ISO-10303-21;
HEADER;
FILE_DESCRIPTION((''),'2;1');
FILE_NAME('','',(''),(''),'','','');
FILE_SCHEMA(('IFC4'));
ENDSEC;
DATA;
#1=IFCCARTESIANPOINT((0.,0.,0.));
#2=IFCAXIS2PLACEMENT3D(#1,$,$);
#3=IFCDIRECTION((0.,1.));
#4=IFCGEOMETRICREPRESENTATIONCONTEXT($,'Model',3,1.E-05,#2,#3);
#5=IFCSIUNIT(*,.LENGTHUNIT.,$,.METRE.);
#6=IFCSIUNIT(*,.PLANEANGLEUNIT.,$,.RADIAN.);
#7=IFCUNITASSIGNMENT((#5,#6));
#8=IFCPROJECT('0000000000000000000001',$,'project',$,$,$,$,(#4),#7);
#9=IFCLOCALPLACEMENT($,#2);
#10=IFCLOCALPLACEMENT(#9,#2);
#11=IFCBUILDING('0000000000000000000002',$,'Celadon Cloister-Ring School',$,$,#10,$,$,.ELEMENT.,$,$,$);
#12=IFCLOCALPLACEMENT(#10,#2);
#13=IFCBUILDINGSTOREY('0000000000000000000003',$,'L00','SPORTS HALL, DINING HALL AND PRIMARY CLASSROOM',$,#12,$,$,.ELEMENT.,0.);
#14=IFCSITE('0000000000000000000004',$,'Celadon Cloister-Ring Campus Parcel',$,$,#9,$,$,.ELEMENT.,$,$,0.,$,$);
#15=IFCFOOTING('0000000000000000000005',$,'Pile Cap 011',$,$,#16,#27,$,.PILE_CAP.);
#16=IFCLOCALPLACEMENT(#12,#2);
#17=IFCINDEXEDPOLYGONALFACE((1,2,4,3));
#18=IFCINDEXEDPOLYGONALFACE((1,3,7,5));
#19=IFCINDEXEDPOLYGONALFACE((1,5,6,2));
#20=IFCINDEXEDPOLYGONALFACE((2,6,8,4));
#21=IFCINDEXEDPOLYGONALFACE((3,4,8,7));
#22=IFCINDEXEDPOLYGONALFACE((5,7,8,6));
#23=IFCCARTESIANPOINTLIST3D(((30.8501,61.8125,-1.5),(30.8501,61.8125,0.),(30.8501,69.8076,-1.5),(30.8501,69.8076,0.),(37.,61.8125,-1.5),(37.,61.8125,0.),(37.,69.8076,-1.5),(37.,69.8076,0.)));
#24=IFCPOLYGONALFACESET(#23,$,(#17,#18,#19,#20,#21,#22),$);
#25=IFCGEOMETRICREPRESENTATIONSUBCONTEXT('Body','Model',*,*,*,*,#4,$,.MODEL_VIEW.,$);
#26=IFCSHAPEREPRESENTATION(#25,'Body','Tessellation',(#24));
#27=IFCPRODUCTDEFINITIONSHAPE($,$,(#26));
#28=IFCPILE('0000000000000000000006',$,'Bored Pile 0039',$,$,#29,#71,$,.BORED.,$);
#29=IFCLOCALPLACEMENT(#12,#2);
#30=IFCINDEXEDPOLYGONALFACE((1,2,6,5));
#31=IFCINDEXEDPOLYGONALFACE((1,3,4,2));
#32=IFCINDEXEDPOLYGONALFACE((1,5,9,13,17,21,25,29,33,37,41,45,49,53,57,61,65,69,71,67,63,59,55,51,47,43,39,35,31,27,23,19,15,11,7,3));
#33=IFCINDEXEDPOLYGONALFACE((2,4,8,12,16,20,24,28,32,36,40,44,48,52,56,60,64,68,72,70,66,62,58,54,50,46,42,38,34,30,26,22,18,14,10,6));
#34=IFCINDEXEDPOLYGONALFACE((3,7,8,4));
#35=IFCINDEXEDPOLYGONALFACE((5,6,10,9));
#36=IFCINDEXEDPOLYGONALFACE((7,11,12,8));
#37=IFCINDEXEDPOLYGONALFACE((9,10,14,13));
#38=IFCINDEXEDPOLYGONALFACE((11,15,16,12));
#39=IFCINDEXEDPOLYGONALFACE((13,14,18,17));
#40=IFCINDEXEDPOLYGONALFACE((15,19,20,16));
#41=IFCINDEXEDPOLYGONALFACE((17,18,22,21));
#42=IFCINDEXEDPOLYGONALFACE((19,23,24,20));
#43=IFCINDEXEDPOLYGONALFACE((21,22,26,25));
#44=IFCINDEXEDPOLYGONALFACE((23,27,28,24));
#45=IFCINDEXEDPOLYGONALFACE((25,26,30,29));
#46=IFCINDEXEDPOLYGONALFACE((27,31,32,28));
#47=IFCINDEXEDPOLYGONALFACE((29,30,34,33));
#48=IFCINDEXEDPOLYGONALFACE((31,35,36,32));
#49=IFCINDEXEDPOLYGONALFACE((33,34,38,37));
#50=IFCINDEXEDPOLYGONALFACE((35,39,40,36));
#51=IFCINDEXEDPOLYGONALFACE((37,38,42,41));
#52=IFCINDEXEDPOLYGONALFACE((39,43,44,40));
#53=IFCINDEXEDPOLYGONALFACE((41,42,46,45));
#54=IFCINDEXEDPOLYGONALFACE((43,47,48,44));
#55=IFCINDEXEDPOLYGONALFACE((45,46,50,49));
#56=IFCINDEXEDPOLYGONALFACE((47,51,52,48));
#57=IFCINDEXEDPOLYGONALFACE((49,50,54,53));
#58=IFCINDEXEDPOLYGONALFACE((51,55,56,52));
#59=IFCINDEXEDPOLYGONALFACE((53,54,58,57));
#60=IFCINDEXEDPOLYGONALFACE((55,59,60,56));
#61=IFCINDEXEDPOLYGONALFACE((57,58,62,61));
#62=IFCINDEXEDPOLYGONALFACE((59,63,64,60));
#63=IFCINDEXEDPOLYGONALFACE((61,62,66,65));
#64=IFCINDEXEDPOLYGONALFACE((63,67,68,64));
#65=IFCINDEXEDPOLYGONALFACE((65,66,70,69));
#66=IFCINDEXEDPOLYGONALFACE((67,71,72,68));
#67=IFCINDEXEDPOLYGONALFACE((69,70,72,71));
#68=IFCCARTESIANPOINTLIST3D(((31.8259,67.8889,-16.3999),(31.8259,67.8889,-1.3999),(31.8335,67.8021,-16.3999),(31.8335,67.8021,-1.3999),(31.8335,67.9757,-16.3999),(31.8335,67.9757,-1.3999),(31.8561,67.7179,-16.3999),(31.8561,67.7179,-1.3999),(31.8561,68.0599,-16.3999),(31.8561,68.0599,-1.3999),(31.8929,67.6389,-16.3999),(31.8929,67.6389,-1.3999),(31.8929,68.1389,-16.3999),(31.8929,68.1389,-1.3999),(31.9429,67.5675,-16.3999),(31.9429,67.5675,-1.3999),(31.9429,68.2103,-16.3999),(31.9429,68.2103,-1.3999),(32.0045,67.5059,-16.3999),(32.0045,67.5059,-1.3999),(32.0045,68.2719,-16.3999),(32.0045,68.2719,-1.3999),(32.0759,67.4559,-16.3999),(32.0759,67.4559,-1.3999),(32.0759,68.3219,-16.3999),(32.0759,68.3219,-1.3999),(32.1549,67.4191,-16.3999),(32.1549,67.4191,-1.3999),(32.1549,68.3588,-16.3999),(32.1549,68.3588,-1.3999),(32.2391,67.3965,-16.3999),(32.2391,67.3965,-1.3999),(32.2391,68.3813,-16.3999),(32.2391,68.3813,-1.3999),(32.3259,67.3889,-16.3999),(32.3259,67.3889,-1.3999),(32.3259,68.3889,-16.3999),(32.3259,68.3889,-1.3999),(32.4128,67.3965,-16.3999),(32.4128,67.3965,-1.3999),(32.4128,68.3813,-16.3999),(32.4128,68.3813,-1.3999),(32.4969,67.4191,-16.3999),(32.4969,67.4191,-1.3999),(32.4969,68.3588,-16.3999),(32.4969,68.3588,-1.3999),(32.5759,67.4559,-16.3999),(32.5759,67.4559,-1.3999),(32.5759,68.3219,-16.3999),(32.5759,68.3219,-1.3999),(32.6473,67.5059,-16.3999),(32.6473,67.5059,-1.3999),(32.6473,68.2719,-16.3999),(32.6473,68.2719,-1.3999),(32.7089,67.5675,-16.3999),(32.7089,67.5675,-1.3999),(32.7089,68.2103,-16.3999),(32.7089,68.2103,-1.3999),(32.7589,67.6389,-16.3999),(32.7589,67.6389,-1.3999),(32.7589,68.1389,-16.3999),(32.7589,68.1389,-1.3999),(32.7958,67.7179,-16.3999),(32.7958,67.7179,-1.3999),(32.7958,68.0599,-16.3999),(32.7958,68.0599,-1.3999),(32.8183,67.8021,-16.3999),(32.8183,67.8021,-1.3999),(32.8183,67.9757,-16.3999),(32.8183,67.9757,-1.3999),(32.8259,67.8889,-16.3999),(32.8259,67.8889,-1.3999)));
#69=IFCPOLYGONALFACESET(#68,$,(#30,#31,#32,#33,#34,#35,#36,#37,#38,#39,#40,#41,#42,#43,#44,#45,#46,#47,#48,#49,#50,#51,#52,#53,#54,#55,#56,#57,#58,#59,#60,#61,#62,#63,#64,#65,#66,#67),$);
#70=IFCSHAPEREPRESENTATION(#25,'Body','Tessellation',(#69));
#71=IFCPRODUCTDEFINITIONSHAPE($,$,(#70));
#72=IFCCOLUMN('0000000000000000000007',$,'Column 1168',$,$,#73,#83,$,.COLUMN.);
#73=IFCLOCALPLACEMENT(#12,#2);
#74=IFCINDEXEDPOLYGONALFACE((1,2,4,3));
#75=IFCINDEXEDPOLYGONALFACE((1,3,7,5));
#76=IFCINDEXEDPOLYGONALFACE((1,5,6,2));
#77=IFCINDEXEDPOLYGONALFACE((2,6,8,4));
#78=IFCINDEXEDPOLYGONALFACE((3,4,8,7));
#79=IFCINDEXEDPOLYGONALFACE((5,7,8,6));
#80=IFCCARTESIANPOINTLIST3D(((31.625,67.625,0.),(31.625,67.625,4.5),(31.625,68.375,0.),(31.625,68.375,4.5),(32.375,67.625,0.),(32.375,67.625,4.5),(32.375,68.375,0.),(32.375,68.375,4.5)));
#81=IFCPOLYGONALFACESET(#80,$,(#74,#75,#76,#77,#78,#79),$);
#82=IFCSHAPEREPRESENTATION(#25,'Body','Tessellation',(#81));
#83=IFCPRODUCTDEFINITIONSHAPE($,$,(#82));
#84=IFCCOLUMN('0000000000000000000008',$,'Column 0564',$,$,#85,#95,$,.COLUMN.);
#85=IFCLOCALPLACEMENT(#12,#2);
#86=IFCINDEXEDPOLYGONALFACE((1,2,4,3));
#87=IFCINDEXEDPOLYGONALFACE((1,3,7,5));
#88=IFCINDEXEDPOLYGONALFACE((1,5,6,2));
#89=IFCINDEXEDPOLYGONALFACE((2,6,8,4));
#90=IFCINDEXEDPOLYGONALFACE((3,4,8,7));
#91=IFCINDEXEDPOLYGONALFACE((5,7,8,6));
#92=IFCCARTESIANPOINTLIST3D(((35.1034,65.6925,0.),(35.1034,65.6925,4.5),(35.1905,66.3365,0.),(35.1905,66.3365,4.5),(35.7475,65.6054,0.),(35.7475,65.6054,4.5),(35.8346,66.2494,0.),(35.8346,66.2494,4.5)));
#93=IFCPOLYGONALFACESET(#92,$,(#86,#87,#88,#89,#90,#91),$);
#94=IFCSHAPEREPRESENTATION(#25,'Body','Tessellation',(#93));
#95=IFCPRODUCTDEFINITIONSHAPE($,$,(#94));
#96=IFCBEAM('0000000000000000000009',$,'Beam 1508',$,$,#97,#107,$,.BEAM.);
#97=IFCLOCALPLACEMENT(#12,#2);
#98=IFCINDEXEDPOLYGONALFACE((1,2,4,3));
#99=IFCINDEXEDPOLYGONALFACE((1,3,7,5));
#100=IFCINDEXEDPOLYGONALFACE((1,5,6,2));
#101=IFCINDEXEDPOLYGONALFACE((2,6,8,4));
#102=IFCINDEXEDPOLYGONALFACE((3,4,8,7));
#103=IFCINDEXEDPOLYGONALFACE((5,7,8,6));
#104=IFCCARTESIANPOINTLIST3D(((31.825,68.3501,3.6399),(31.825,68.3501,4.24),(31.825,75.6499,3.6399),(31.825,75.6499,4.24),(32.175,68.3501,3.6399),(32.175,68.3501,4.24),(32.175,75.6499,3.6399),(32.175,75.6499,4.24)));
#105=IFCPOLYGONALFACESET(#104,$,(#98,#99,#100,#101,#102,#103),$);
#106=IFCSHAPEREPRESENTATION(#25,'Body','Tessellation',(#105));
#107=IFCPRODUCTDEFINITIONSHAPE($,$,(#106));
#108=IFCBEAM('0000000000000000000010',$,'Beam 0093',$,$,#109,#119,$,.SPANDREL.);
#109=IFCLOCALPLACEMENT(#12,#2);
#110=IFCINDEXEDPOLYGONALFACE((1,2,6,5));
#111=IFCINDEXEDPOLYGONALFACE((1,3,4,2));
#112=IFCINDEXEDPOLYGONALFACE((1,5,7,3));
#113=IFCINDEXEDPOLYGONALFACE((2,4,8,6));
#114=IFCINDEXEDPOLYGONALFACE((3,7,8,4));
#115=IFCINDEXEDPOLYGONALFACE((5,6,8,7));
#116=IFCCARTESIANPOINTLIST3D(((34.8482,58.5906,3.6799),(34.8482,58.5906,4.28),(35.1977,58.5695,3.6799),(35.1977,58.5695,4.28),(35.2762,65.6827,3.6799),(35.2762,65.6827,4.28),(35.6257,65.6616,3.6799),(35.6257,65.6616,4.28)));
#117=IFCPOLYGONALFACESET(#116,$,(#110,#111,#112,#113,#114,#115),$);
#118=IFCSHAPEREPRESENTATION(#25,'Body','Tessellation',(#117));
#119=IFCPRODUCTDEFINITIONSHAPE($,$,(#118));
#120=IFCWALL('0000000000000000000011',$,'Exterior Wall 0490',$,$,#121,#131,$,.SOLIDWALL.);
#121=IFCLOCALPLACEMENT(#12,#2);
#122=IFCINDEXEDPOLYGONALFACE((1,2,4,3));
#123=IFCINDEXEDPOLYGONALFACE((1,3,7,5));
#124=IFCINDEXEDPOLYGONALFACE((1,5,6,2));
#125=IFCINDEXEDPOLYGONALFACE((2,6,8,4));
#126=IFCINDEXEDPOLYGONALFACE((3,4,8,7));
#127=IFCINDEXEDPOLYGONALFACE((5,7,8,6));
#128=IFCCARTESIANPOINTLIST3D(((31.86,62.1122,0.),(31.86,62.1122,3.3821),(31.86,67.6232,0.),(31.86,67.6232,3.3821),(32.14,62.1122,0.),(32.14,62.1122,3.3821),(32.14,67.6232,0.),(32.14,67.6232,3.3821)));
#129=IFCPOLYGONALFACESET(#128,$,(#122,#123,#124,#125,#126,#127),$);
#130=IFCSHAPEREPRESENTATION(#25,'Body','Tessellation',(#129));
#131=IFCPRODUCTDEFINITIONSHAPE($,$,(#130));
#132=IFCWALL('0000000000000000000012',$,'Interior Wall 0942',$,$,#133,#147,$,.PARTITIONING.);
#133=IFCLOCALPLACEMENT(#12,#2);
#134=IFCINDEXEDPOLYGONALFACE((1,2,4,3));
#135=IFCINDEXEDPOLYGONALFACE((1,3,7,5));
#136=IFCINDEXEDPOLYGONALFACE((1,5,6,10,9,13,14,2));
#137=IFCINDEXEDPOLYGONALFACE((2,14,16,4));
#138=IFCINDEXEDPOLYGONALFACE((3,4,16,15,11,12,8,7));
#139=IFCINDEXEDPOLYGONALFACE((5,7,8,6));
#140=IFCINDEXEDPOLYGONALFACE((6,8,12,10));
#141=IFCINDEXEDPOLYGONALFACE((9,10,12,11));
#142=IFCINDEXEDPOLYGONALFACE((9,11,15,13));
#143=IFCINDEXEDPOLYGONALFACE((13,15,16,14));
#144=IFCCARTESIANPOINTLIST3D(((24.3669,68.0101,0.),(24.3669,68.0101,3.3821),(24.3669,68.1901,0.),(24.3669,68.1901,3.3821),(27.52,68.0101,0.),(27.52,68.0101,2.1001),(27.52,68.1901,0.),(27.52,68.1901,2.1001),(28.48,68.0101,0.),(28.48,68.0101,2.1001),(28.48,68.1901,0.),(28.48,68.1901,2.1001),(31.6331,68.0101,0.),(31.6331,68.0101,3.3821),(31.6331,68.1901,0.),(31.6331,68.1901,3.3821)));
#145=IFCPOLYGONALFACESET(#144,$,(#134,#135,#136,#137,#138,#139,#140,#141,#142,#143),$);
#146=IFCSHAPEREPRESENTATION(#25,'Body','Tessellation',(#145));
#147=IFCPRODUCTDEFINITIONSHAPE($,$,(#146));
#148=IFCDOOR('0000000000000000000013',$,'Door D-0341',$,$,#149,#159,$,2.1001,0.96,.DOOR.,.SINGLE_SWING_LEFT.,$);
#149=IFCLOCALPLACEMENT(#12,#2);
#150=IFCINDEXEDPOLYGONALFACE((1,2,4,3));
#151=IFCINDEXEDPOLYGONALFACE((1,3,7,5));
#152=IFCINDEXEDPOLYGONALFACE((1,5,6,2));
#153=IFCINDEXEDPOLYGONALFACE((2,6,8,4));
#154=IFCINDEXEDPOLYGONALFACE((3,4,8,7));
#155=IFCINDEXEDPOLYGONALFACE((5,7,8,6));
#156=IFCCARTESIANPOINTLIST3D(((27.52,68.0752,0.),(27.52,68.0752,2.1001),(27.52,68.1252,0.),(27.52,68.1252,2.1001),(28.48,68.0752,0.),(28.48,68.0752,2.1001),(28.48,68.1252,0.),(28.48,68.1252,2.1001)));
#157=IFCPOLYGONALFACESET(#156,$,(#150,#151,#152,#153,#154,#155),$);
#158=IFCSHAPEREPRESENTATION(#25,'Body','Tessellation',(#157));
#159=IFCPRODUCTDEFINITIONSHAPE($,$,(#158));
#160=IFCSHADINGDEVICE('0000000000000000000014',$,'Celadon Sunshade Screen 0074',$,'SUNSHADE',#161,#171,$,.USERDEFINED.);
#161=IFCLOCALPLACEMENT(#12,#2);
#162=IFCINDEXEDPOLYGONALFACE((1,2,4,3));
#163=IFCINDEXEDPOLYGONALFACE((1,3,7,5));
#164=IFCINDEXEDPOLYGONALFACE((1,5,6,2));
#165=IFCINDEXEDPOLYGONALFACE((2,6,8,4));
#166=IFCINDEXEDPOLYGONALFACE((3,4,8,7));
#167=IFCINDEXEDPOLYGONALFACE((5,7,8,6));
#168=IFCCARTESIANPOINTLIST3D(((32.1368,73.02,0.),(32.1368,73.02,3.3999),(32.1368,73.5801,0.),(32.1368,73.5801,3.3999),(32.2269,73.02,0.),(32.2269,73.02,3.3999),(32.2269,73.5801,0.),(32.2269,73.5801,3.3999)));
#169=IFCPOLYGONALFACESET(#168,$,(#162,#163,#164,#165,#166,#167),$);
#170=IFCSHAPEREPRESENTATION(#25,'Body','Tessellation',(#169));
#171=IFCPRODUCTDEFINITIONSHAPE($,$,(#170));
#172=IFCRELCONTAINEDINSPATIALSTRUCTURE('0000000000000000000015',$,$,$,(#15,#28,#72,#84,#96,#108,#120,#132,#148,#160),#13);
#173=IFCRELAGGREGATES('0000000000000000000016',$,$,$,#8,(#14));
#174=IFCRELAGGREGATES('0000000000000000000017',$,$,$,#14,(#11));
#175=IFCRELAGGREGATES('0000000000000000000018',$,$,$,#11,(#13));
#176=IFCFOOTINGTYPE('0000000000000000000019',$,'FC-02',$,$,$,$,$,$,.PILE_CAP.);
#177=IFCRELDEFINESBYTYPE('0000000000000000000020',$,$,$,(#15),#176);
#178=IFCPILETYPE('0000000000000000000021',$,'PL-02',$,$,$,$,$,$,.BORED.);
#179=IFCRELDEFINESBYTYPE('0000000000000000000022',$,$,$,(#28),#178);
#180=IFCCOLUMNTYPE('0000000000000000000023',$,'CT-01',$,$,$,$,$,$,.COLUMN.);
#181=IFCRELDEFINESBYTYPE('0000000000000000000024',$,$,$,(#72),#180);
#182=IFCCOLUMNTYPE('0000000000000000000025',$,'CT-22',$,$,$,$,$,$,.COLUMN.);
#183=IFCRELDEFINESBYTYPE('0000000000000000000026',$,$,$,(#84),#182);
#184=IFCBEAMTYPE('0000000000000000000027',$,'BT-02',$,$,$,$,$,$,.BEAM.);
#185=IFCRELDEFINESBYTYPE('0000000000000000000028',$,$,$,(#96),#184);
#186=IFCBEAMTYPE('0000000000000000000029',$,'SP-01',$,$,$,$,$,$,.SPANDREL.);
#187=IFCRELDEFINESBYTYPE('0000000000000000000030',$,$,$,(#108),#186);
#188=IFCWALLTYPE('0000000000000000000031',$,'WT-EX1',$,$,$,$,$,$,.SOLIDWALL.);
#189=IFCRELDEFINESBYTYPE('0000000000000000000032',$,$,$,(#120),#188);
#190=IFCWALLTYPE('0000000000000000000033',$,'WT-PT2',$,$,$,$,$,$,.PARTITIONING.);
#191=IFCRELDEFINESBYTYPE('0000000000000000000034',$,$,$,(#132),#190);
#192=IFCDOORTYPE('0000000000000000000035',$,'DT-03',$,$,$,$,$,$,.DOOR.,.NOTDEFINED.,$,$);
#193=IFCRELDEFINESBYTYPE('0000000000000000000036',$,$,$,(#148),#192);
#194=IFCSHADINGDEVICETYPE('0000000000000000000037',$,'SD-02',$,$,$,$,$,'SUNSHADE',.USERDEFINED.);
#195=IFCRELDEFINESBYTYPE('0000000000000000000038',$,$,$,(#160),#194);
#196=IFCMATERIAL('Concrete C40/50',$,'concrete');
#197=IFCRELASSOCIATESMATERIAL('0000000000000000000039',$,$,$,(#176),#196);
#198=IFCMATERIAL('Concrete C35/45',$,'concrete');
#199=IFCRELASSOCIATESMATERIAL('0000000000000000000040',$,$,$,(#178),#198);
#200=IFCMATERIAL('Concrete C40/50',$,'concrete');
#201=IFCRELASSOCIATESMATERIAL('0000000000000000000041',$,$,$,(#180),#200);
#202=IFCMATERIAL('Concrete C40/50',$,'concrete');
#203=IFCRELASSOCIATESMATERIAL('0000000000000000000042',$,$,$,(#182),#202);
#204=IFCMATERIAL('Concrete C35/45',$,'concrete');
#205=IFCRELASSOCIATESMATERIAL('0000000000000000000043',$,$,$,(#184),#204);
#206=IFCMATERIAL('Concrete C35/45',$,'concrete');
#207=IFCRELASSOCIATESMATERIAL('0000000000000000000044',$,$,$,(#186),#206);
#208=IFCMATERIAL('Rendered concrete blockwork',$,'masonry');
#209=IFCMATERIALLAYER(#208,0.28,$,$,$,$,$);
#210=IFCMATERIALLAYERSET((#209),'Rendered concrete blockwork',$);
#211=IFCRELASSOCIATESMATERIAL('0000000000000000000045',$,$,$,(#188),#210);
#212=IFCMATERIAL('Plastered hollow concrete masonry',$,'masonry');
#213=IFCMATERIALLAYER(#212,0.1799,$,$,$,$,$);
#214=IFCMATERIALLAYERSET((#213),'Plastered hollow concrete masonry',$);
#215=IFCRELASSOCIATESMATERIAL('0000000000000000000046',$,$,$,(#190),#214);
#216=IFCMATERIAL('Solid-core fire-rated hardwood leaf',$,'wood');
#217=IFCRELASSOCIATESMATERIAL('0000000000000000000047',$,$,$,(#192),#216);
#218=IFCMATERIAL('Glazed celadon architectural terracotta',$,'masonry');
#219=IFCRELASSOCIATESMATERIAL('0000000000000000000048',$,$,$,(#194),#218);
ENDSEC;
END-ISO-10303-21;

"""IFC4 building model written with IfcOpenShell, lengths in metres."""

from ifc_helpers import new_model, si_unit, direction, frame, frame_2d, origin, origin_2d, place, context, subcontext, project, spatial, rectangle, circle, extrude, material, layer, layer_set, material_profile, profile_set, type_object, element, fill, save


model = new_model("IFC4")

# Units and contexts
model_context = context("Model", 3, precision=1e-05, world=origin(), true_north=direction((0.0, 1.0)))
body_context = subcontext(model_context, "Body", "Model", "MODEL_VIEW")
ifc_project = project(units=[si_unit("LENGTHUNIT", "METRE"), si_unit("PLANEANGLEUNIT", "RADIAN")], contexts=[model_context])

# Site, building, storey
site_placement = place(None, origin())
site = spatial("IfcSite", under=ifc_project, at=site_placement, Name="Celadon Cloister-Ring Campus Parcel", CompositionType="ELEMENT", RefElevation=0.0)
building_placement = place(site_placement, origin())
building = spatial("IfcBuilding", under=site, at=building_placement, Name="Celadon Cloister-Ring School", CompositionType="ELEMENT")
storey_placement = place(building_placement, origin())
storey = spatial("IfcBuildingStorey", under=building, at=storey_placement, Name="L00", Description="SPORTS HALL, DINING HALL AND PRIMARY CLASSROOM", CompositionType="ELEMENT", Elevation=0.0)

# Footing
ifc_material_1 = material(Name="Concrete C40/50", Category="concrete")
footing_type = type_object("IfcFootingType", Name="FC-02", PredefinedType="PILE_CAP", material=ifc_material_1)
footing_placement = place(storey_placement, frame((33.925, 65.8101, -1.5), z_axis=(0.0, 0.0, 1.0), x_axis=(1.0, 0.0, 0.0)))
element("IfcFooting", 1, at=footing_placement, inside=storey, type_object=footing_type, Name="Pile Cap 011", PredefinedType="PILE_CAP", context=body_context, shape_type="SweptSolid", body=[
    extrude(rectangle(XDim=6.1499, YDim=7.9951, at=origin_2d()), origin(), (0.0, 0.0, 1.0), 1.5),
])

# Pile
ifc_material_2 = material(Name="Concrete C35/45", Category="concrete")
ifc_material_profile_1 = material_profile(ifc_material_2, circle(Radius=0.5, at=origin_2d()), Name="PILE1000")
ifc_profile_set_1 = profile_set([ifc_material_profile_1], Name="Concrete C35/45")
pile_type = type_object("IfcPileType", Name="PL-02", PredefinedType="BORED", material=ifc_profile_set_1)
pile_placement = place(storey_placement, frame((32.3259, 67.8889, -1.3999), z_axis=(0.0, 0.0, -1.0), x_axis=(1.0, 0.0, 0.0)))
element("IfcPile", 2, at=pile_placement, inside=storey, type_object=pile_type, Name="Bored Pile 0039", PredefinedType="BORED", context=body_context, shape_type="SweptSolid", body=[
    extrude(circle(Radius=0.5, at=origin_2d()), origin(), (0.0, 0.0, 1.0), 15.0),
])

# Columns
ifc_material_3 = material(Name="Concrete C40/50", Category="concrete")
ifc_material_profile_2 = material_profile(ifc_material_3, rectangle(XDim=0.75, YDim=0.75, at=origin_2d()), Name="RC750X750")
ifc_profile_set_2 = profile_set([ifc_material_profile_2], Name="Concrete C40/50")
column_type_1 = type_object("IfcColumnType", Name="CT-01", PredefinedType="COLUMN", material=ifc_profile_set_2)
column_1_placement = place(storey_placement, frame((32.0, 68.0, 0.0), z_axis=(0.0, 0.0, 1.0), x_axis=(1.0, 0.0, 0.0)))
element("IfcColumn", 3, at=column_1_placement, inside=storey, type_object=column_type_1, Name="Column 1168", PredefinedType="COLUMN", context=body_context, shape_type="SweptSolid", body=[
    extrude(rectangle(XDim=0.75, YDim=0.75, at=origin_2d()), origin(), (0.0, 0.0, 1.0), 4.5),
])
ifc_material_4 = material(Name="Concrete C40/50", Category="concrete")
ifc_material_profile_3 = material_profile(ifc_material_4, rectangle(XDim=0.6499, YDim=0.6499, at=origin_2d()), Name="RC650X650")
ifc_profile_set_3 = profile_set([ifc_material_profile_3], Name="Concrete C40/50")
column_type_2 = type_object("IfcColumnType", Name="CT-22", PredefinedType="COLUMN", material=ifc_profile_set_3)
column_2_placement = place(storey_placement, frame((35.469, 65.9709, 0.0), z_axis=(0.0, 0.0, 1.0), x_axis=(-0.990974, 0.134055, 0.0)))
element("IfcColumn", 4, at=column_2_placement, inside=storey, type_object=column_type_2, Name="Column 0564", PredefinedType="COLUMN", context=body_context, shape_type="SweptSolid", body=[
    extrude(rectangle(XDim=0.6499, YDim=0.6499, at=origin_2d()), origin(), (0.0, 0.0, 1.0), 4.5),
])

# Beams
ifc_material_5 = material(Name="Concrete C35/45", Category="concrete")
ifc_material_profile_4 = material_profile(ifc_material_5, rectangle(XDim=0.3501, YDim=0.6001, at=origin_2d()), Name="RC350X600")
ifc_profile_set_4 = profile_set([ifc_material_profile_4], Name="Concrete C35/45")
beam_type_1 = type_object("IfcBeamType", Name="BT-02", PredefinedType="BEAM", material=ifc_profile_set_4)
beam_1_placement = place(storey_placement, frame((32.0, 68.3501, 3.9399), z_axis=(0.0, 1.0, 0.0), x_axis=(-1.0, 0.0, 0.0)))
element("IfcBeam", 5, at=beam_1_placement, inside=storey, type_object=beam_type_1, Name="Beam 1508", PredefinedType="BEAM", context=body_context, shape_type="SweptSolid", body=[
    extrude(rectangle(XDim=0.3501, YDim=0.6001, at=origin_2d()), origin(), (0.0, 0.0, 1.0), 7.2998),
])
ifc_material_6 = material(Name="Concrete C35/45", Category="concrete")
ifc_material_profile_5 = material_profile(ifc_material_6, rectangle(XDim=0.3501, YDim=0.6001, at=origin_2d()), Name="RC350X600")
ifc_profile_set_5 = profile_set([ifc_material_profile_5], Name="Concrete C35/45")
beam_type_2 = type_object("IfcBeamType", Name="SP-01", PredefinedType="SPANDREL", material=ifc_profile_set_5)
beam_2_placement = place(storey_placement, frame((35.4509, 65.6721, 3.98), z_axis=(-0.060237, -0.998184, 0.0), x_axis=(0.998184, -0.060237, 0.0)))
element("IfcBeam", 6, at=beam_2_placement, inside=storey, type_object=beam_type_2, Name="Beam 0093", PredefinedType="SPANDREL", context=body_context, shape_type="SweptSolid", body=[
    extrude(rectangle(XDim=0.3501, YDim=0.6001, at=origin_2d()), origin(), (0.0, 0.0, 1.0), 7.105),
])

# Wall
ifc_material_7 = material(Name="Rendered concrete blockwork", Category="masonry")
ifc_layer_1 = layer(ifc_material_7, 0.28)
ifc_layer_set_1 = layer_set([ifc_layer_1], Name="Rendered concrete blockwork")
wall_type_1 = type_object("IfcWallType", Name="WT-EX1", PredefinedType="SOLIDWALL", material=ifc_layer_set_1)
wall_1_placement = place(storey_placement, frame((32.0, 67.623, 0.0), z_axis=(0.0, 0.0, 1.0), x_axis=(0.0, -1.0, 0.0)))
element("IfcWall", 7, at=wall_1_placement, inside=storey, type_object=wall_type_1, Name="Exterior Wall 0490", PredefinedType="SOLIDWALL", context=body_context, shape_type="SweptSolid", body=[
    extrude(rectangle(XDim=5.511, YDim=0.28, at=frame_2d((2.7554, 0.0))), origin(), (0.0, 0.0, 1.0), 3.3821),
])

# Wall, opening, door
ifc_material_8 = material(Name="Plastered hollow concrete masonry", Category="masonry")
ifc_layer_2 = layer(ifc_material_8, 0.1799)
ifc_layer_set_2 = layer_set([ifc_layer_2], Name="Plastered hollow concrete masonry")
wall_type_2 = type_object("IfcWallType", Name="WT-PT2", PredefinedType="PARTITIONING", material=ifc_layer_set_2)
wall_2_placement = place(storey_placement, frame((31.6331, 68.1001, 0.0), z_axis=(0.0, 0.0, 1.0), x_axis=(-1.0, 0.0, 0.0)))
wall_2 = element("IfcWall", 8, at=wall_2_placement, inside=storey, type_object=wall_type_2, Name="Interior Wall 0942", PredefinedType="PARTITIONING", context=body_context, shape_type="SweptSolid", body=[
    extrude(rectangle(XDim=7.2661, YDim=0.1799, at=frame_2d((3.6331, 0.0))), origin(), (0.0, 0.0, 1.0), 3.3821),
])
opening_placement = place(wall_2_placement, frame((3.1531, 0.0, 0.0)))
opening = element("IfcOpeningElement", 9, at=opening_placement, cuts=wall_2, PredefinedType="OPENING", context=body_context, shape_type="SweptSolid", body=[
    extrude(rectangle(XDim=0.96, YDim=2.1001, at=frame_2d((0.48, 1.05))), frame((0.0, 0.1001, 0.0), z_axis=(0.0, -1.0, 0.0), x_axis=(1.0, 0.0, 0.0)), (0.0, 0.0, 1.0), 0.2),
])
ifc_material_9 = material(Name="Solid-core fire-rated hardwood leaf", Category="wood")
door_type = type_object("IfcDoorType", Name="DT-03", OperationType="NOTDEFINED", PredefinedType="DOOR", material=ifc_material_9)
door_placement = place(opening_placement, origin())
door = element("IfcDoor", 10, at=door_placement, inside=storey, type_object=door_type, Name="Door D-0341", OperationType="SINGLE_SWING_LEFT", OverallHeight=2.1001, OverallWidth=0.96, PredefinedType="DOOR", context=body_context, shape_type="SweptSolid", body=[
    extrude(rectangle(XDim=0.96, YDim=2.1001, at=frame_2d((0.48, 1.05))), frame((0.0, 0.0249, 0.0), z_axis=(0.0, -1.0, 0.0), x_axis=(1.0, 0.0, 0.0)), (0.0, 0.0, 1.0), 0.05),
])
fill(opening, door)

# Shading device
ifc_material_10 = material(Name="Glazed celadon architectural terracotta", Category="masonry")
shading_device_type = type_object("IfcShadingDeviceType", Name="SD-02", ElementType="SUNSHADE", PredefinedType="USERDEFINED", material=ifc_material_10)
for number, where, z_axis, x_axis, name in (
    (11, (32.1819, 73.3, 0.0), (0.0, 0.0, 1.0), (0.0, -1.0, 0.0), "Celadon Sunshade Screen 0074"),
):
    element("IfcShadingDevice", number, at=place(storey_placement, frame(where, z_axis=z_axis, x_axis=x_axis)), inside=storey, type_object=shading_device_type, Name=name, ObjectType="SUNSHADE", PredefinedType="USERDEFINED", context=body_context, shape_type="SweptSolid", body=[
        extrude(rectangle(XDim=0.5601, YDim=0.0901, at=origin_2d()), origin(), (0.0, 0.0, 1.0), 3.3999),
    ])

save(model, "model.ifc")
